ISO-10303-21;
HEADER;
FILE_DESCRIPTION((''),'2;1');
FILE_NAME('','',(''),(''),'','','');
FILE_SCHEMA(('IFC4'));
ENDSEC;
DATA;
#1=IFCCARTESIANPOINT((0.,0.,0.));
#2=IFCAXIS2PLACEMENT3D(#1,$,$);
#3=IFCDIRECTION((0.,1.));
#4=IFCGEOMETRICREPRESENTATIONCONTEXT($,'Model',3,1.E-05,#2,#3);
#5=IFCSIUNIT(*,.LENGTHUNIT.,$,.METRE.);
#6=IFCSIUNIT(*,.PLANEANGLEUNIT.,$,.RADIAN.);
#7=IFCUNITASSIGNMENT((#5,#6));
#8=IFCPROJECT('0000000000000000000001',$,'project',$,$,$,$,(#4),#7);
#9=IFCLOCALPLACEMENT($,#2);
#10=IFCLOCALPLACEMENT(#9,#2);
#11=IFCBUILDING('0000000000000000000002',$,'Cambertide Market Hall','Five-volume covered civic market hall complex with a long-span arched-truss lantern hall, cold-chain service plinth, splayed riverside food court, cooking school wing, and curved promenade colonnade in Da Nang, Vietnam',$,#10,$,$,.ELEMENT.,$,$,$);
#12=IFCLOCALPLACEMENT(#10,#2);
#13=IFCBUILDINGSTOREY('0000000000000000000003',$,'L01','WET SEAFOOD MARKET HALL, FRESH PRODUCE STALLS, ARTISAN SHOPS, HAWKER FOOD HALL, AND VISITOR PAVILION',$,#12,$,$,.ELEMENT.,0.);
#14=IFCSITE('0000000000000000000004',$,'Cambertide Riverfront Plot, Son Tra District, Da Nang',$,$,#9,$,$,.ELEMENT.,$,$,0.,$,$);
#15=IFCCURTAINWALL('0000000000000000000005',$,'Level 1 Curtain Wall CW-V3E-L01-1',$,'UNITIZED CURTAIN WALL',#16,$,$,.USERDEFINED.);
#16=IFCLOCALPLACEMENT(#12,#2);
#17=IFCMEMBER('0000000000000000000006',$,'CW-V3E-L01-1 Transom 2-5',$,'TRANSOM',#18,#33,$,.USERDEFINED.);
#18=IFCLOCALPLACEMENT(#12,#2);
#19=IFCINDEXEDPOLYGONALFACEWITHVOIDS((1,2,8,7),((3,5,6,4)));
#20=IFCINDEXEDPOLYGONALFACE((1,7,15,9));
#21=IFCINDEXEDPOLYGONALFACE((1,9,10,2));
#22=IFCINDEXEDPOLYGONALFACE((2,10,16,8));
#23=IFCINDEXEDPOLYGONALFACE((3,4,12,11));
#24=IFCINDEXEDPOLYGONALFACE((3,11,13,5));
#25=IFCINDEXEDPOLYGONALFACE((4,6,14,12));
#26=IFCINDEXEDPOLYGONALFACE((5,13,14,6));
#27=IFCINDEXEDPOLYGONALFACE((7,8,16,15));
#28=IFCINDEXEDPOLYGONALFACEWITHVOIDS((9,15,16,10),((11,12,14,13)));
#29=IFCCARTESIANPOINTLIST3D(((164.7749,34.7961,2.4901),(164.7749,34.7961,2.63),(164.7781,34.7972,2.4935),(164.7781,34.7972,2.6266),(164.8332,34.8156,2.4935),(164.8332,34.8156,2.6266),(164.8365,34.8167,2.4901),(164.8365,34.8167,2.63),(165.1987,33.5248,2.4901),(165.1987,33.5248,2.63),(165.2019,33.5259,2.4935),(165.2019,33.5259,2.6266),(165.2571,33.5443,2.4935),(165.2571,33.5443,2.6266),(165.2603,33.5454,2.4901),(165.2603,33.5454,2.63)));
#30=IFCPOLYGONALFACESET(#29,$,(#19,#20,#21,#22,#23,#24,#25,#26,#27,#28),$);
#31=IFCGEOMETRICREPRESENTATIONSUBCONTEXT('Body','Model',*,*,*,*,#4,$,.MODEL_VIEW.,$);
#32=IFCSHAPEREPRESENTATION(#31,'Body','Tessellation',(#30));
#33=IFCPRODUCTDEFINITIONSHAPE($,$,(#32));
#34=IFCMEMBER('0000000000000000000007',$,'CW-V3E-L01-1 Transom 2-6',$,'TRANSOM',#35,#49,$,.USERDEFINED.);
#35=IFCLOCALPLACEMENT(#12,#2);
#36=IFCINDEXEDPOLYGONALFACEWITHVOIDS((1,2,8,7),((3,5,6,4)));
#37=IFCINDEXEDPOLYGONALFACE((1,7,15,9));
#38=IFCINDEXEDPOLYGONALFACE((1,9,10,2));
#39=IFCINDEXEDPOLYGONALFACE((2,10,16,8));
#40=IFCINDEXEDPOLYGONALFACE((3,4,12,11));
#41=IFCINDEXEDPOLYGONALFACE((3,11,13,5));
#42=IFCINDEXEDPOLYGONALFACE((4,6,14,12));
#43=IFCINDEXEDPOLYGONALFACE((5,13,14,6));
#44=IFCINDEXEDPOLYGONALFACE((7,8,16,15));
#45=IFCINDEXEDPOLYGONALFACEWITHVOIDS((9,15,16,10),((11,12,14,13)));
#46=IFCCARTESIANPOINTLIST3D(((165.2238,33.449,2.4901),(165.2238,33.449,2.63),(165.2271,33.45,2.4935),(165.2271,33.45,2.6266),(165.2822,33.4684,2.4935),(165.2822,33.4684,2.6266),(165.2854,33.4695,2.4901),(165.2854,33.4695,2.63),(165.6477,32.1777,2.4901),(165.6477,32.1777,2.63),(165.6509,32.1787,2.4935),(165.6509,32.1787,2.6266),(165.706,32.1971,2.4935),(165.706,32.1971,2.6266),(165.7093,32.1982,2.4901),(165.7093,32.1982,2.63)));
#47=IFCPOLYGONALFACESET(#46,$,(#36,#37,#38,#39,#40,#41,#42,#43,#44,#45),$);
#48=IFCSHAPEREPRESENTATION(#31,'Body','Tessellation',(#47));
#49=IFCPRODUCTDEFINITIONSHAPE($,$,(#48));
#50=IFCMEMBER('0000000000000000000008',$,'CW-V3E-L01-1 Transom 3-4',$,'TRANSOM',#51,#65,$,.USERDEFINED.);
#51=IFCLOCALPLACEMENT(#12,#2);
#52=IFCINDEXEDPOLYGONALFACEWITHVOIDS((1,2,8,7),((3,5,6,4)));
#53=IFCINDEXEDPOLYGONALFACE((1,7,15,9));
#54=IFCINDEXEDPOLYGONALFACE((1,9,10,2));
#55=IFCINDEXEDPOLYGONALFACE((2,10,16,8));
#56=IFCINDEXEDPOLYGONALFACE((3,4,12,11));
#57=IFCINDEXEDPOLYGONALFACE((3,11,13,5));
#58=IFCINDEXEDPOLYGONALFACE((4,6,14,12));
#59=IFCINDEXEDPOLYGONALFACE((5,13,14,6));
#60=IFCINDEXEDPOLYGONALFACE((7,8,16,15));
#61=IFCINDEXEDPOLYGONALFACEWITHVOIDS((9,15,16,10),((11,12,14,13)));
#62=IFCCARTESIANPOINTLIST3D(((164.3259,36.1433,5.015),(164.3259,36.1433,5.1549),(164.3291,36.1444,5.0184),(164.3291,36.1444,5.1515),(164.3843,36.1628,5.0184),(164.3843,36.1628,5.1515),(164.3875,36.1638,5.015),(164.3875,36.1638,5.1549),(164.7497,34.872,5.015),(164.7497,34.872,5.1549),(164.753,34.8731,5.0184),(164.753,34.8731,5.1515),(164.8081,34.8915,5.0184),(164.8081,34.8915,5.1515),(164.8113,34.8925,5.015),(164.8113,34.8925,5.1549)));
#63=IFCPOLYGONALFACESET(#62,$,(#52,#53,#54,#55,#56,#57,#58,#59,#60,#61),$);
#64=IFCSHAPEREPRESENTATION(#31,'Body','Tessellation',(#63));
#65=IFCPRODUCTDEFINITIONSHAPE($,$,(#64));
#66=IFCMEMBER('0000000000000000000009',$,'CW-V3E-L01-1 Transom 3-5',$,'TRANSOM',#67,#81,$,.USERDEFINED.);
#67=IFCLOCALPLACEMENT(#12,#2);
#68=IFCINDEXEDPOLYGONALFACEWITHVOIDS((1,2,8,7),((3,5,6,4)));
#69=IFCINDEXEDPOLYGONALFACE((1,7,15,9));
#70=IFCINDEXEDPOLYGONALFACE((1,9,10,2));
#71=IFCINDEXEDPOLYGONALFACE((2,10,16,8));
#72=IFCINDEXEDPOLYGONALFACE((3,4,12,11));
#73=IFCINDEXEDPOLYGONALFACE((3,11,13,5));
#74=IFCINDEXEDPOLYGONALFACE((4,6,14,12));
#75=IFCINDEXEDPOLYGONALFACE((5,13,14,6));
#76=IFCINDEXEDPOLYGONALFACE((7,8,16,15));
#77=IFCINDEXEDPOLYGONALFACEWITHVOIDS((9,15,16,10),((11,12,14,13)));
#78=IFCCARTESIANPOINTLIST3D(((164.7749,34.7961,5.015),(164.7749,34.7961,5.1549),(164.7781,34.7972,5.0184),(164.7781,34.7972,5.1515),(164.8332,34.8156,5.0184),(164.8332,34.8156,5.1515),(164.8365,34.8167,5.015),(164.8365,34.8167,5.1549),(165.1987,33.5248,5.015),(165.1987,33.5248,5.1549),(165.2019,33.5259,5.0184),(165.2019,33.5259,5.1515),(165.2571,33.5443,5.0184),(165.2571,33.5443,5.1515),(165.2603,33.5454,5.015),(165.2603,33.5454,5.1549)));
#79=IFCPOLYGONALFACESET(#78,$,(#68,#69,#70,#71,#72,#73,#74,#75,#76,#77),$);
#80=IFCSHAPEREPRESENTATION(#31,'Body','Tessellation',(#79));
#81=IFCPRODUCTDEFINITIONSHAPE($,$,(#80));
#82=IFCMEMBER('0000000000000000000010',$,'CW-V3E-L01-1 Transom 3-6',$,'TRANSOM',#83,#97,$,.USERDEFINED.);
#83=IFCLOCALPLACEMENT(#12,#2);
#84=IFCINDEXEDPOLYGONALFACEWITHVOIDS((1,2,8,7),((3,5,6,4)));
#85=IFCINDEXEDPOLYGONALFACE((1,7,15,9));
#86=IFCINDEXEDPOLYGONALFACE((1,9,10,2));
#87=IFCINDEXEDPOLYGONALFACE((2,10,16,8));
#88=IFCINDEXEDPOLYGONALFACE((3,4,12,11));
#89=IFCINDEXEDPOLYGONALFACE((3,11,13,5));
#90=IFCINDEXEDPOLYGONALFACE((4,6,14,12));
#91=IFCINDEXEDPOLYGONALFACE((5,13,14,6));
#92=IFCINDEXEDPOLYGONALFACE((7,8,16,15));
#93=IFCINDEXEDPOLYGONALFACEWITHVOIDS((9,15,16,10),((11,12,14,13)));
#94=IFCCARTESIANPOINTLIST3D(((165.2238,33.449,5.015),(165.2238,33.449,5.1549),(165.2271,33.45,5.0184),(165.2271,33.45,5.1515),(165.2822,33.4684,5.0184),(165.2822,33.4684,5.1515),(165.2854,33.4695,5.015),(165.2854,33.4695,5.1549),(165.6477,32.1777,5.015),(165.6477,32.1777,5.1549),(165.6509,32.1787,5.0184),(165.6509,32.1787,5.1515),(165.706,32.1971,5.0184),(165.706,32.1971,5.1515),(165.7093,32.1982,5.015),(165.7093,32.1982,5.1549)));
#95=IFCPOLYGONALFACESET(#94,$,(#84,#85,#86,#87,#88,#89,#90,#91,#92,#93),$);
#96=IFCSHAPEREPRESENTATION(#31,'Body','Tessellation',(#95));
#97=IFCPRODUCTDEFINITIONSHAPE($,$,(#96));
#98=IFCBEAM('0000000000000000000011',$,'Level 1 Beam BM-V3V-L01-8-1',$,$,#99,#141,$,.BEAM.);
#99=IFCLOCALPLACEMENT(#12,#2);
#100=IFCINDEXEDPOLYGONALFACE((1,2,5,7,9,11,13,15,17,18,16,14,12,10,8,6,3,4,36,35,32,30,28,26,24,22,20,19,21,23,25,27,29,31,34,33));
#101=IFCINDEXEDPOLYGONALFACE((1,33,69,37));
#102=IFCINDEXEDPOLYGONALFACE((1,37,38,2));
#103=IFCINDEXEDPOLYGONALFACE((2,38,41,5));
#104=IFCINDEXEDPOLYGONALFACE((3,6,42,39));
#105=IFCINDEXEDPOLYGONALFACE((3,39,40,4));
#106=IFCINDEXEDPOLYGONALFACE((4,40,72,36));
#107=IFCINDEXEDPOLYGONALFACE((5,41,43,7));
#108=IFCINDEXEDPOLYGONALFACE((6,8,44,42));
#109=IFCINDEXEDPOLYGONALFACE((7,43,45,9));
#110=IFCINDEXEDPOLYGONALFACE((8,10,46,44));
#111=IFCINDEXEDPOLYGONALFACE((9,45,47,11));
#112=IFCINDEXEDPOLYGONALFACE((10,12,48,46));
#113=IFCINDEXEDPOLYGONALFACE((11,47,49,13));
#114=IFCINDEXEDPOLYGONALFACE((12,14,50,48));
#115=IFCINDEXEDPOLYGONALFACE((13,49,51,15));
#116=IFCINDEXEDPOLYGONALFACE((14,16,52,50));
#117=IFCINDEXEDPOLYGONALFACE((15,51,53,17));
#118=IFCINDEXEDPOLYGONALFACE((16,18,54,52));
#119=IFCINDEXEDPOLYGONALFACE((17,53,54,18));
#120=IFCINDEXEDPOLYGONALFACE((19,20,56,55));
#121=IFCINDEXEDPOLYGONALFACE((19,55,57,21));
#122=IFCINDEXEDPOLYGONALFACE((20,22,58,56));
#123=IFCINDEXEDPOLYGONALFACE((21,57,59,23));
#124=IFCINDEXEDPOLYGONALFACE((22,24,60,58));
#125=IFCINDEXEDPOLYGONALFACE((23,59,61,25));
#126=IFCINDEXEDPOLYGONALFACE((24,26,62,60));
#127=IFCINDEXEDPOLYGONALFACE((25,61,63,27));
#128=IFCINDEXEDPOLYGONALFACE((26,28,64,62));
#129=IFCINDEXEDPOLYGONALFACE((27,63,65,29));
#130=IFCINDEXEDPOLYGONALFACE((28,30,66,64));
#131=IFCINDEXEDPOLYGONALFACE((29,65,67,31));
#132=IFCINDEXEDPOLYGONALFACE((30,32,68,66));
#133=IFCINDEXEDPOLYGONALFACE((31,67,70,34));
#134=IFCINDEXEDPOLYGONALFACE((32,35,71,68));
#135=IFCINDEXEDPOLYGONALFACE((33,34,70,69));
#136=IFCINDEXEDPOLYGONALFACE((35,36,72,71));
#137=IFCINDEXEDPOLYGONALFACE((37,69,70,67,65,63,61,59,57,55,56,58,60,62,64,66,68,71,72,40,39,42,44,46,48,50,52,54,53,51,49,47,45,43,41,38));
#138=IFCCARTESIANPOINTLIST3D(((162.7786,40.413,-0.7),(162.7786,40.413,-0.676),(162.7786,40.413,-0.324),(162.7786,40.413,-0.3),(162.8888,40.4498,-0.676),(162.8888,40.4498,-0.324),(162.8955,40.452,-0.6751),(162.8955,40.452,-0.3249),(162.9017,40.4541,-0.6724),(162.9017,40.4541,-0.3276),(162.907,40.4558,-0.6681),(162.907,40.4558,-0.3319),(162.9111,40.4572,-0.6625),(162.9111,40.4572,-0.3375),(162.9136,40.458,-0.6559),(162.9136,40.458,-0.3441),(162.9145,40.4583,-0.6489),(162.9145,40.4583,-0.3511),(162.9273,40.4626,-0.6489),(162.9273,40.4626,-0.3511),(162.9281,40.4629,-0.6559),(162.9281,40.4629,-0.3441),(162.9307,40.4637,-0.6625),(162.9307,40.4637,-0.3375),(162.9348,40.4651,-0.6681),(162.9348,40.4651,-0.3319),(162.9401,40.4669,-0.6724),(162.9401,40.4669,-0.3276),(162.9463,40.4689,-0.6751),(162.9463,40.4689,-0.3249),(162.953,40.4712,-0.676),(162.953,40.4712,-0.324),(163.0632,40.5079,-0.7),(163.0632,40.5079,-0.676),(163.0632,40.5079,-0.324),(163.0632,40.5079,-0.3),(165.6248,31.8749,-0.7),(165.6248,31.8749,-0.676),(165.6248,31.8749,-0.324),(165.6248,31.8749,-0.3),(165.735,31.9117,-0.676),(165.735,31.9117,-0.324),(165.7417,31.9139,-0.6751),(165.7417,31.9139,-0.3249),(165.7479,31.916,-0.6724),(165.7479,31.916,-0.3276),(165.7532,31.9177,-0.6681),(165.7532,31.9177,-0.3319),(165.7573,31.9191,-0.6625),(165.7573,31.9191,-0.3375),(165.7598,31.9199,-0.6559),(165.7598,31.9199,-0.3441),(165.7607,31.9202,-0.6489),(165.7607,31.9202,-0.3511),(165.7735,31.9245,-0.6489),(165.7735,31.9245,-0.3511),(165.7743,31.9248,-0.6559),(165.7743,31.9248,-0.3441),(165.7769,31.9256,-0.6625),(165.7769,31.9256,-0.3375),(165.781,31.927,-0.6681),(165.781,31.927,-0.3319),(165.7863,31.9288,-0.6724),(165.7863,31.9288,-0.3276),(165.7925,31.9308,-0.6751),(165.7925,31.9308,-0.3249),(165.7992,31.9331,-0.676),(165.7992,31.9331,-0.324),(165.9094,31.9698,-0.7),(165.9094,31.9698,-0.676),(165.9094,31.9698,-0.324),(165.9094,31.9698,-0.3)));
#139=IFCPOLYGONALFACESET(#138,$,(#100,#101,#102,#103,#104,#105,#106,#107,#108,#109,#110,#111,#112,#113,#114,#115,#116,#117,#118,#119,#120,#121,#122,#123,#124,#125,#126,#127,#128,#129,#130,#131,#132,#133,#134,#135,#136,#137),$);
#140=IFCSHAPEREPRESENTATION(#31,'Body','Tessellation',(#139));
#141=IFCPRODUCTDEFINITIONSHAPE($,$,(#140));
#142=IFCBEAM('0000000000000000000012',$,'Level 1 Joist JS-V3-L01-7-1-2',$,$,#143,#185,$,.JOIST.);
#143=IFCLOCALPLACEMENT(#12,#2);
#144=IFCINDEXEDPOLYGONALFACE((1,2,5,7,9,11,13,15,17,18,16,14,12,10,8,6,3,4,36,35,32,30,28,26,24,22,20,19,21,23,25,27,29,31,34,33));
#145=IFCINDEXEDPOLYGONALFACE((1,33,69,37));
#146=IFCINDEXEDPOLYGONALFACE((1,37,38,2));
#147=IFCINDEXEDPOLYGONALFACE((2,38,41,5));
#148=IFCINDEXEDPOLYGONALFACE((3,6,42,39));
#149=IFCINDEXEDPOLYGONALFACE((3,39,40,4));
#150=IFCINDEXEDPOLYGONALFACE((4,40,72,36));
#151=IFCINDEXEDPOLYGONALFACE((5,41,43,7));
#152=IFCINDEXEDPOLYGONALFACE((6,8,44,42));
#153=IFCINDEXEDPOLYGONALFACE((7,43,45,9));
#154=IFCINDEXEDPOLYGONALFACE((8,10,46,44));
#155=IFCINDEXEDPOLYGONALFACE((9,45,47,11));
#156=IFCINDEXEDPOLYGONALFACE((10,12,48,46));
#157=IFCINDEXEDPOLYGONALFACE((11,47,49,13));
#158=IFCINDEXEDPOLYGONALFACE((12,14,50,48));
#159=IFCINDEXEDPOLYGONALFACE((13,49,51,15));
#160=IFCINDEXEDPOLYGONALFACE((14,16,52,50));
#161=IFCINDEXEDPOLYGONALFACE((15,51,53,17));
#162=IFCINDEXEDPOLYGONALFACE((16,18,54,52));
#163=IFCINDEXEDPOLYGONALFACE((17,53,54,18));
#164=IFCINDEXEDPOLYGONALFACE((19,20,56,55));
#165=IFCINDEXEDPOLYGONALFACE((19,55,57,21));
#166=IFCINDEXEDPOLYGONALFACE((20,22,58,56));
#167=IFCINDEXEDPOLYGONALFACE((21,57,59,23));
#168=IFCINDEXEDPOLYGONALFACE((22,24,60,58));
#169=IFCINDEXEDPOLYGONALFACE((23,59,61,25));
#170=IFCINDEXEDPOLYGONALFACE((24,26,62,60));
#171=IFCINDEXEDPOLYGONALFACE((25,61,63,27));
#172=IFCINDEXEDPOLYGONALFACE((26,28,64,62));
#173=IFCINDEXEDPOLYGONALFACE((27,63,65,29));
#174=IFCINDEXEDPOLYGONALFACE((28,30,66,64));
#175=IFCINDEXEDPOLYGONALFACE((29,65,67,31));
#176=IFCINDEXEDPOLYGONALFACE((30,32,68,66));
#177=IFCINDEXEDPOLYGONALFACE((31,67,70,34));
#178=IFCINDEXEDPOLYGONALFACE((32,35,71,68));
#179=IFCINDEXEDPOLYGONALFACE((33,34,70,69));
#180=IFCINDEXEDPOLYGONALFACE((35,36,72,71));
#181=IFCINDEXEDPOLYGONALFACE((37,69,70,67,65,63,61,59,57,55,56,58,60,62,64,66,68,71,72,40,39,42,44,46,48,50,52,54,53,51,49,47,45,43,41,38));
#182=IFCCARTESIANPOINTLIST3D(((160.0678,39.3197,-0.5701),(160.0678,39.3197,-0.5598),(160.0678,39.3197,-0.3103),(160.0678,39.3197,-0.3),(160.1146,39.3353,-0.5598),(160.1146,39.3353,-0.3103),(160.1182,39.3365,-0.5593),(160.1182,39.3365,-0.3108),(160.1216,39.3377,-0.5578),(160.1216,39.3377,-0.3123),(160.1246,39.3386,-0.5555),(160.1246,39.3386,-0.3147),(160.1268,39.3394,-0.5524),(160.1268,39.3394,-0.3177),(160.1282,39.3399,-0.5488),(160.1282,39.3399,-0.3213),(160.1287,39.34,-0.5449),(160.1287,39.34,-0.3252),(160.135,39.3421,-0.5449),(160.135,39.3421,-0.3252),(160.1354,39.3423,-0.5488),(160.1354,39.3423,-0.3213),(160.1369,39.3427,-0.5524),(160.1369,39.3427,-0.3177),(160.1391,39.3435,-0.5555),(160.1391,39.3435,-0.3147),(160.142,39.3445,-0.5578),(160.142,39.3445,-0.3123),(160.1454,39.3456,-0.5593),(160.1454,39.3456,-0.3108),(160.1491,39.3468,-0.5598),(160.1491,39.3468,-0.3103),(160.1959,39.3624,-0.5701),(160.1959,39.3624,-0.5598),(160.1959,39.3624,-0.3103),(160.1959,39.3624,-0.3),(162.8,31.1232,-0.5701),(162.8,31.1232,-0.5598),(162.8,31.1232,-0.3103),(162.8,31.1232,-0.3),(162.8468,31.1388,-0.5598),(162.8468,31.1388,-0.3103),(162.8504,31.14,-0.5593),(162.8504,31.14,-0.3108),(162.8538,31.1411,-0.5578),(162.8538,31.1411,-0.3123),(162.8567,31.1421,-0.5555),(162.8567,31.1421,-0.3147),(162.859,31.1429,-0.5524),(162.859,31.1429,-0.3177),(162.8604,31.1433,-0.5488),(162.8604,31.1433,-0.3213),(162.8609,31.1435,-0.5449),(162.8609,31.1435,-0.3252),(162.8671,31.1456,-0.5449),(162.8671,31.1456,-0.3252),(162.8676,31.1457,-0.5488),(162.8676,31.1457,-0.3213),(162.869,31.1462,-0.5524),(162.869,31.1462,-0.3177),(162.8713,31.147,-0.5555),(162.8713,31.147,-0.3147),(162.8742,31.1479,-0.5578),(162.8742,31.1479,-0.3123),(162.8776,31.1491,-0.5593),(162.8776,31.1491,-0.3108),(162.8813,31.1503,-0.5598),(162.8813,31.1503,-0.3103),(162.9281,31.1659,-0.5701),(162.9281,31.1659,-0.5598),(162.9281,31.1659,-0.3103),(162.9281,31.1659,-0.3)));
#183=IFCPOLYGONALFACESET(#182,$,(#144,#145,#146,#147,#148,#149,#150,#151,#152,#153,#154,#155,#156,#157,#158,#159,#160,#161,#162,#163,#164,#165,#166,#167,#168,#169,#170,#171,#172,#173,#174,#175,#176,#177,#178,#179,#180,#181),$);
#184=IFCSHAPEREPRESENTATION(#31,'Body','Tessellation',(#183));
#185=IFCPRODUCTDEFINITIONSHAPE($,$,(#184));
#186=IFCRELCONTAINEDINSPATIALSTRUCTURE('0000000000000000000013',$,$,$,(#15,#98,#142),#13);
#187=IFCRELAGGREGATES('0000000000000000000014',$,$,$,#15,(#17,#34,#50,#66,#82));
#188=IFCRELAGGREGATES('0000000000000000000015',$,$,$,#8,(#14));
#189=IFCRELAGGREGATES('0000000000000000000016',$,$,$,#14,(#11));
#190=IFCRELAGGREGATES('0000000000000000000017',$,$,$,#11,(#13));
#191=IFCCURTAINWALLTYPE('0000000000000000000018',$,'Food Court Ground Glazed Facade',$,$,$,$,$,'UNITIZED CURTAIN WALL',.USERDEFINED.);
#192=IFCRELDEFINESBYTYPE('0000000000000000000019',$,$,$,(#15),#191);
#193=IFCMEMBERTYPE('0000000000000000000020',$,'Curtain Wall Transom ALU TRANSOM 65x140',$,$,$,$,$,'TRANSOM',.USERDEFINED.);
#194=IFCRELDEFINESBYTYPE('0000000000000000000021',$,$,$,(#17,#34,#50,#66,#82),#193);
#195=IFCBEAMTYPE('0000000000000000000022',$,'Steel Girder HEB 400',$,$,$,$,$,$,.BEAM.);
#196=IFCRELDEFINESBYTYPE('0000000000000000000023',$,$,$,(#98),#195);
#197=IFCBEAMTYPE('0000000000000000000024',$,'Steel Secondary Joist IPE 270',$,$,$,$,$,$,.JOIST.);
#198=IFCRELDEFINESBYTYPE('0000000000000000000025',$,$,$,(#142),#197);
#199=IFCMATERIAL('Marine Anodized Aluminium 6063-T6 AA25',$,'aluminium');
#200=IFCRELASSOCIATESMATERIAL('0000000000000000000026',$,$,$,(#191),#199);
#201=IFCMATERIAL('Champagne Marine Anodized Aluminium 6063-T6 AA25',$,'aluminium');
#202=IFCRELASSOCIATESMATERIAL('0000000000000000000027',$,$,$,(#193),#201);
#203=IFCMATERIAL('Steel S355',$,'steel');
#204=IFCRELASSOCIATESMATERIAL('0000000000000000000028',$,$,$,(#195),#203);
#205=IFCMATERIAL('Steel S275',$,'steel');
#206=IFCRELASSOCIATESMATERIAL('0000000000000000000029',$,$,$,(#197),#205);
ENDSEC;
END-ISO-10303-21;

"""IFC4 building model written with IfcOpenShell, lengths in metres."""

from ifc_helpers import new_model, si_unit, direction, frame, origin, origin_2d, place, context, subcontext, project, spatial, hollow_rectangle, i_section, extrude, material, material_profile, profile_set, type_object, element, aggregate, save


model = new_model("IFC4")

# Units and contexts
model_context = context("Model", 3, precision=1e-05, world=origin(), true_north=direction((0.0, 1.0)))
body_context = subcontext(model_context, "Body", "Model", "MODEL_VIEW")
ifc_project = project(units=[si_unit("LENGTHUNIT", "METRE"), si_unit("PLANEANGLEUNIT", "RADIAN")], contexts=[model_context])

# Site, building, storey
site_placement = place(None, origin())
site = spatial("IfcSite", under=ifc_project, at=site_placement, Name="Cambertide Riverfront Plot, Son Tra District, Da Nang", CompositionType="ELEMENT", RefElevation=0.0)
building_placement = place(site_placement, origin())
building = spatial("IfcBuilding", under=site, at=building_placement, Name="Cambertide Market Hall", Description="Five-volume covered civic market hall complex with a long-span arched-truss lantern hall, cold-chain service plinth, splayed riverside food court, cooking school wing, and curved promenade colonnade in Da Nang, Vietnam", CompositionType="ELEMENT")
storey_placement = place(building_placement, origin())
storey = spatial("IfcBuildingStorey", under=building, at=storey_placement, Name="L01", Description="WET SEAFOOD MARKET HALL, FRESH PRODUCE STALLS, ARTISAN SHOPS, HAWKER FOOD HALL, AND VISITOR PAVILION", CompositionType="ELEMENT", Elevation=0.0)

# Curtain wall, members
ifc_material_1 = material(Name="Marine Anodized Aluminium 6063-T6 AA25", Category="aluminium")
curtain_wall_type = type_object("IfcCurtainWallType", Name="Food Court Ground Glazed Facade", ElementType="UNITIZED CURTAIN WALL", PredefinedType="USERDEFINED", material=ifc_material_1)
curtain_wall_placement = place(storey_placement, origin())
curtain_wall = element("IfcCurtainWall", 1, at=curtain_wall_placement, inside=storey, type_object=curtain_wall_type, Name="Level 1 Curtain Wall CW-V3E-L01-1", ObjectType="UNITIZED CURTAIN WALL", PredefinedType="USERDEFINED")
ifc_material_2 = material(Name="Champagne Marine Anodized Aluminium 6063-T6 AA25", Category="aluminium")
ifc_material_profile_1 = material_profile(ifc_material_2, hollow_rectangle(XDim=0.0649, YDim=0.1399, WallThickness=0.0034, at=origin_2d()), Name="ALU TRANSOM 65x140")
ifc_profile_set_1 = profile_set([ifc_material_profile_1], Name="Champagne Marine Anodized Aluminium 6063-T6 AA25")
member_type_1 = type_object("IfcMemberType", Name="Curtain Wall Transom ALU TRANSOM 65x140", ElementType="TRANSOM", PredefinedType="USERDEFINED", material=ifc_profile_set_1)
member_1_placement = place(storey_placement, frame((164.8057, 34.8064, 2.5601), z_axis=(0.316282, -0.948665, 0.0), x_axis=(0.948665, 0.316282, 0.0)))
member_1 = element("IfcMember", 2, at=member_1_placement, type_object=member_type_1, Name="CW-V3E-L01-1 Transom 2-5", ObjectType="TRANSOM", PredefinedType="USERDEFINED", context=body_context, shape_type="SweptSolid", body=[
    extrude(hollow_rectangle(XDim=0.0649, YDim=0.1399, WallThickness=0.0034, at=origin_2d()), origin(), (0.0, 0.0, 1.0), 1.3401),
])
member_2_placement = place(storey_placement, frame((165.2546, 33.4592, 2.5601), z_axis=(0.316282, -0.948665, 0.0), x_axis=(0.948665, 0.316282, 0.0)))
member_2 = element("IfcMember", 3, at=member_2_placement, type_object=member_type_1, Name="CW-V3E-L01-1 Transom 2-6", ObjectType="TRANSOM", PredefinedType="USERDEFINED", context=body_context, shape_type="SweptSolid", body=[
    extrude(hollow_rectangle(XDim=0.0649, YDim=0.1399, WallThickness=0.0034, at=origin_2d()), origin(), (0.0, 0.0, 1.0), 1.3401),
])
member_3_placement = place(storey_placement, frame((164.3567, 36.1536, 5.085), z_axis=(0.316282, -0.948665, 0.0), x_axis=(0.948665, 0.316282, 0.0)))
member_3 = element("IfcMember", 4, at=member_3_placement, type_object=member_type_1, Name="CW-V3E-L01-1 Transom 3-4", ObjectType="TRANSOM", PredefinedType="USERDEFINED", context=body_context, shape_type="SweptSolid", body=[
    extrude(hollow_rectangle(XDim=0.0649, YDim=0.1399, WallThickness=0.0034, at=origin_2d()), origin(), (0.0, 0.0, 1.0), 1.3401),
])
member_4_placement = place(storey_placement, frame((164.8057, 34.8064, 5.085), z_axis=(0.316282, -0.948665, 0.0), x_axis=(0.948665, 0.316282, 0.0)))
member_4 = element("IfcMember", 5, at=member_4_placement, type_object=member_type_1, Name="CW-V3E-L01-1 Transom 3-5", ObjectType="TRANSOM", PredefinedType="USERDEFINED", context=body_context, shape_type="SweptSolid", body=[
    extrude(hollow_rectangle(XDim=0.0649, YDim=0.1399, WallThickness=0.0034, at=origin_2d()), origin(), (0.0, 0.0, 1.0), 1.3401),
])
member_5_placement = place(storey_placement, frame((165.2546, 33.4592, 5.085), z_axis=(0.316282, -0.948665, 0.0), x_axis=(0.948665, 0.316282, 0.0)))
member_5 = element("IfcMember", 6, at=member_5_placement, type_object=member_type_1, Name="CW-V3E-L01-1 Transom 3-6", ObjectType="TRANSOM", PredefinedType="USERDEFINED", context=body_context, shape_type="SweptSolid", body=[
    extrude(hollow_rectangle(XDim=0.0649, YDim=0.1399, WallThickness=0.0034, at=origin_2d()), origin(), (0.0, 0.0, 1.0), 1.3401),
])

# Beams
ifc_material_3 = material(Name="Steel S355", Category="steel")
ifc_material_profile_2 = material_profile(ifc_material_3, i_section(OverallWidth=0.3, OverallDepth=0.3999, WebThickness=0.0134, FlangeThickness=0.0239, FilletRadius=0.0271, at=origin_2d()), Name="HEB 400")
ifc_profile_set_2 = profile_set([ifc_material_profile_2], Name="Steel S355")
beam_type_1 = type_object("IfcBeamType", Name="Steel Girder HEB 400", PredefinedType="BEAM", material=ifc_profile_set_2)
beam_1_placement = place(storey_placement, frame((165.7671, 31.9224, -0.5), z_axis=(-0.316244, 0.948678, 0.0), x_axis=(-0.948678, -0.316244, 0.0)))
element("IfcBeam", 7, at=beam_1_placement, inside=storey, type_object=beam_type_1, Name="Level 1 Beam BM-V3V-L01-8-1", PredefinedType="BEAM", context=body_context, shape_type="SweptSolid", body=[
    extrude(i_section(OverallWidth=0.3, OverallDepth=0.3999, WebThickness=0.0134, FlangeThickness=0.0239, FilletRadius=0.0271, at=origin_2d()), origin(), (0.0, 0.0, 1.0), 9.0),
])
ifc_material_4 = material(Name="Steel S275", Category="steel")
ifc_material_profile_3 = material_profile(ifc_material_4, i_section(OverallWidth=0.135, OverallDepth=0.27, WebThickness=0.0066, FlangeThickness=0.0103, FilletRadius=0.0149, at=origin_2d()), Name="IPE 270")
ifc_profile_set_3 = profile_set([ifc_material_profile_3], Name="Steel S275")
beam_type_2 = type_object("IfcBeamType", Name="Steel Secondary Joist IPE 270", PredefinedType="JOIST", material=ifc_profile_set_3)
beam_2_placement = place(storey_placement, frame((162.864, 31.1445, -0.4351), z_axis=(-0.316228, 0.948683, 0.0), x_axis=(-0.948683, -0.316228, 0.0)))
element("IfcBeam", 8, at=beam_2_placement, inside=storey, type_object=beam_type_2, Name="Level 1 Joist JS-V3-L01-7-1-2", PredefinedType="JOIST", context=body_context, shape_type="SweptSolid", body=[
    extrude(i_section(OverallWidth=0.135, OverallDepth=0.27, WebThickness=0.0066, FlangeThickness=0.0103, FilletRadius=0.0149, at=origin_2d()), origin(), (0.0, 0.0, 1.0), 8.6399),
])

aggregate(curtain_wall, [member_1, member_2, member_3, member_4, member_5])

save(model, "model.ifc")
